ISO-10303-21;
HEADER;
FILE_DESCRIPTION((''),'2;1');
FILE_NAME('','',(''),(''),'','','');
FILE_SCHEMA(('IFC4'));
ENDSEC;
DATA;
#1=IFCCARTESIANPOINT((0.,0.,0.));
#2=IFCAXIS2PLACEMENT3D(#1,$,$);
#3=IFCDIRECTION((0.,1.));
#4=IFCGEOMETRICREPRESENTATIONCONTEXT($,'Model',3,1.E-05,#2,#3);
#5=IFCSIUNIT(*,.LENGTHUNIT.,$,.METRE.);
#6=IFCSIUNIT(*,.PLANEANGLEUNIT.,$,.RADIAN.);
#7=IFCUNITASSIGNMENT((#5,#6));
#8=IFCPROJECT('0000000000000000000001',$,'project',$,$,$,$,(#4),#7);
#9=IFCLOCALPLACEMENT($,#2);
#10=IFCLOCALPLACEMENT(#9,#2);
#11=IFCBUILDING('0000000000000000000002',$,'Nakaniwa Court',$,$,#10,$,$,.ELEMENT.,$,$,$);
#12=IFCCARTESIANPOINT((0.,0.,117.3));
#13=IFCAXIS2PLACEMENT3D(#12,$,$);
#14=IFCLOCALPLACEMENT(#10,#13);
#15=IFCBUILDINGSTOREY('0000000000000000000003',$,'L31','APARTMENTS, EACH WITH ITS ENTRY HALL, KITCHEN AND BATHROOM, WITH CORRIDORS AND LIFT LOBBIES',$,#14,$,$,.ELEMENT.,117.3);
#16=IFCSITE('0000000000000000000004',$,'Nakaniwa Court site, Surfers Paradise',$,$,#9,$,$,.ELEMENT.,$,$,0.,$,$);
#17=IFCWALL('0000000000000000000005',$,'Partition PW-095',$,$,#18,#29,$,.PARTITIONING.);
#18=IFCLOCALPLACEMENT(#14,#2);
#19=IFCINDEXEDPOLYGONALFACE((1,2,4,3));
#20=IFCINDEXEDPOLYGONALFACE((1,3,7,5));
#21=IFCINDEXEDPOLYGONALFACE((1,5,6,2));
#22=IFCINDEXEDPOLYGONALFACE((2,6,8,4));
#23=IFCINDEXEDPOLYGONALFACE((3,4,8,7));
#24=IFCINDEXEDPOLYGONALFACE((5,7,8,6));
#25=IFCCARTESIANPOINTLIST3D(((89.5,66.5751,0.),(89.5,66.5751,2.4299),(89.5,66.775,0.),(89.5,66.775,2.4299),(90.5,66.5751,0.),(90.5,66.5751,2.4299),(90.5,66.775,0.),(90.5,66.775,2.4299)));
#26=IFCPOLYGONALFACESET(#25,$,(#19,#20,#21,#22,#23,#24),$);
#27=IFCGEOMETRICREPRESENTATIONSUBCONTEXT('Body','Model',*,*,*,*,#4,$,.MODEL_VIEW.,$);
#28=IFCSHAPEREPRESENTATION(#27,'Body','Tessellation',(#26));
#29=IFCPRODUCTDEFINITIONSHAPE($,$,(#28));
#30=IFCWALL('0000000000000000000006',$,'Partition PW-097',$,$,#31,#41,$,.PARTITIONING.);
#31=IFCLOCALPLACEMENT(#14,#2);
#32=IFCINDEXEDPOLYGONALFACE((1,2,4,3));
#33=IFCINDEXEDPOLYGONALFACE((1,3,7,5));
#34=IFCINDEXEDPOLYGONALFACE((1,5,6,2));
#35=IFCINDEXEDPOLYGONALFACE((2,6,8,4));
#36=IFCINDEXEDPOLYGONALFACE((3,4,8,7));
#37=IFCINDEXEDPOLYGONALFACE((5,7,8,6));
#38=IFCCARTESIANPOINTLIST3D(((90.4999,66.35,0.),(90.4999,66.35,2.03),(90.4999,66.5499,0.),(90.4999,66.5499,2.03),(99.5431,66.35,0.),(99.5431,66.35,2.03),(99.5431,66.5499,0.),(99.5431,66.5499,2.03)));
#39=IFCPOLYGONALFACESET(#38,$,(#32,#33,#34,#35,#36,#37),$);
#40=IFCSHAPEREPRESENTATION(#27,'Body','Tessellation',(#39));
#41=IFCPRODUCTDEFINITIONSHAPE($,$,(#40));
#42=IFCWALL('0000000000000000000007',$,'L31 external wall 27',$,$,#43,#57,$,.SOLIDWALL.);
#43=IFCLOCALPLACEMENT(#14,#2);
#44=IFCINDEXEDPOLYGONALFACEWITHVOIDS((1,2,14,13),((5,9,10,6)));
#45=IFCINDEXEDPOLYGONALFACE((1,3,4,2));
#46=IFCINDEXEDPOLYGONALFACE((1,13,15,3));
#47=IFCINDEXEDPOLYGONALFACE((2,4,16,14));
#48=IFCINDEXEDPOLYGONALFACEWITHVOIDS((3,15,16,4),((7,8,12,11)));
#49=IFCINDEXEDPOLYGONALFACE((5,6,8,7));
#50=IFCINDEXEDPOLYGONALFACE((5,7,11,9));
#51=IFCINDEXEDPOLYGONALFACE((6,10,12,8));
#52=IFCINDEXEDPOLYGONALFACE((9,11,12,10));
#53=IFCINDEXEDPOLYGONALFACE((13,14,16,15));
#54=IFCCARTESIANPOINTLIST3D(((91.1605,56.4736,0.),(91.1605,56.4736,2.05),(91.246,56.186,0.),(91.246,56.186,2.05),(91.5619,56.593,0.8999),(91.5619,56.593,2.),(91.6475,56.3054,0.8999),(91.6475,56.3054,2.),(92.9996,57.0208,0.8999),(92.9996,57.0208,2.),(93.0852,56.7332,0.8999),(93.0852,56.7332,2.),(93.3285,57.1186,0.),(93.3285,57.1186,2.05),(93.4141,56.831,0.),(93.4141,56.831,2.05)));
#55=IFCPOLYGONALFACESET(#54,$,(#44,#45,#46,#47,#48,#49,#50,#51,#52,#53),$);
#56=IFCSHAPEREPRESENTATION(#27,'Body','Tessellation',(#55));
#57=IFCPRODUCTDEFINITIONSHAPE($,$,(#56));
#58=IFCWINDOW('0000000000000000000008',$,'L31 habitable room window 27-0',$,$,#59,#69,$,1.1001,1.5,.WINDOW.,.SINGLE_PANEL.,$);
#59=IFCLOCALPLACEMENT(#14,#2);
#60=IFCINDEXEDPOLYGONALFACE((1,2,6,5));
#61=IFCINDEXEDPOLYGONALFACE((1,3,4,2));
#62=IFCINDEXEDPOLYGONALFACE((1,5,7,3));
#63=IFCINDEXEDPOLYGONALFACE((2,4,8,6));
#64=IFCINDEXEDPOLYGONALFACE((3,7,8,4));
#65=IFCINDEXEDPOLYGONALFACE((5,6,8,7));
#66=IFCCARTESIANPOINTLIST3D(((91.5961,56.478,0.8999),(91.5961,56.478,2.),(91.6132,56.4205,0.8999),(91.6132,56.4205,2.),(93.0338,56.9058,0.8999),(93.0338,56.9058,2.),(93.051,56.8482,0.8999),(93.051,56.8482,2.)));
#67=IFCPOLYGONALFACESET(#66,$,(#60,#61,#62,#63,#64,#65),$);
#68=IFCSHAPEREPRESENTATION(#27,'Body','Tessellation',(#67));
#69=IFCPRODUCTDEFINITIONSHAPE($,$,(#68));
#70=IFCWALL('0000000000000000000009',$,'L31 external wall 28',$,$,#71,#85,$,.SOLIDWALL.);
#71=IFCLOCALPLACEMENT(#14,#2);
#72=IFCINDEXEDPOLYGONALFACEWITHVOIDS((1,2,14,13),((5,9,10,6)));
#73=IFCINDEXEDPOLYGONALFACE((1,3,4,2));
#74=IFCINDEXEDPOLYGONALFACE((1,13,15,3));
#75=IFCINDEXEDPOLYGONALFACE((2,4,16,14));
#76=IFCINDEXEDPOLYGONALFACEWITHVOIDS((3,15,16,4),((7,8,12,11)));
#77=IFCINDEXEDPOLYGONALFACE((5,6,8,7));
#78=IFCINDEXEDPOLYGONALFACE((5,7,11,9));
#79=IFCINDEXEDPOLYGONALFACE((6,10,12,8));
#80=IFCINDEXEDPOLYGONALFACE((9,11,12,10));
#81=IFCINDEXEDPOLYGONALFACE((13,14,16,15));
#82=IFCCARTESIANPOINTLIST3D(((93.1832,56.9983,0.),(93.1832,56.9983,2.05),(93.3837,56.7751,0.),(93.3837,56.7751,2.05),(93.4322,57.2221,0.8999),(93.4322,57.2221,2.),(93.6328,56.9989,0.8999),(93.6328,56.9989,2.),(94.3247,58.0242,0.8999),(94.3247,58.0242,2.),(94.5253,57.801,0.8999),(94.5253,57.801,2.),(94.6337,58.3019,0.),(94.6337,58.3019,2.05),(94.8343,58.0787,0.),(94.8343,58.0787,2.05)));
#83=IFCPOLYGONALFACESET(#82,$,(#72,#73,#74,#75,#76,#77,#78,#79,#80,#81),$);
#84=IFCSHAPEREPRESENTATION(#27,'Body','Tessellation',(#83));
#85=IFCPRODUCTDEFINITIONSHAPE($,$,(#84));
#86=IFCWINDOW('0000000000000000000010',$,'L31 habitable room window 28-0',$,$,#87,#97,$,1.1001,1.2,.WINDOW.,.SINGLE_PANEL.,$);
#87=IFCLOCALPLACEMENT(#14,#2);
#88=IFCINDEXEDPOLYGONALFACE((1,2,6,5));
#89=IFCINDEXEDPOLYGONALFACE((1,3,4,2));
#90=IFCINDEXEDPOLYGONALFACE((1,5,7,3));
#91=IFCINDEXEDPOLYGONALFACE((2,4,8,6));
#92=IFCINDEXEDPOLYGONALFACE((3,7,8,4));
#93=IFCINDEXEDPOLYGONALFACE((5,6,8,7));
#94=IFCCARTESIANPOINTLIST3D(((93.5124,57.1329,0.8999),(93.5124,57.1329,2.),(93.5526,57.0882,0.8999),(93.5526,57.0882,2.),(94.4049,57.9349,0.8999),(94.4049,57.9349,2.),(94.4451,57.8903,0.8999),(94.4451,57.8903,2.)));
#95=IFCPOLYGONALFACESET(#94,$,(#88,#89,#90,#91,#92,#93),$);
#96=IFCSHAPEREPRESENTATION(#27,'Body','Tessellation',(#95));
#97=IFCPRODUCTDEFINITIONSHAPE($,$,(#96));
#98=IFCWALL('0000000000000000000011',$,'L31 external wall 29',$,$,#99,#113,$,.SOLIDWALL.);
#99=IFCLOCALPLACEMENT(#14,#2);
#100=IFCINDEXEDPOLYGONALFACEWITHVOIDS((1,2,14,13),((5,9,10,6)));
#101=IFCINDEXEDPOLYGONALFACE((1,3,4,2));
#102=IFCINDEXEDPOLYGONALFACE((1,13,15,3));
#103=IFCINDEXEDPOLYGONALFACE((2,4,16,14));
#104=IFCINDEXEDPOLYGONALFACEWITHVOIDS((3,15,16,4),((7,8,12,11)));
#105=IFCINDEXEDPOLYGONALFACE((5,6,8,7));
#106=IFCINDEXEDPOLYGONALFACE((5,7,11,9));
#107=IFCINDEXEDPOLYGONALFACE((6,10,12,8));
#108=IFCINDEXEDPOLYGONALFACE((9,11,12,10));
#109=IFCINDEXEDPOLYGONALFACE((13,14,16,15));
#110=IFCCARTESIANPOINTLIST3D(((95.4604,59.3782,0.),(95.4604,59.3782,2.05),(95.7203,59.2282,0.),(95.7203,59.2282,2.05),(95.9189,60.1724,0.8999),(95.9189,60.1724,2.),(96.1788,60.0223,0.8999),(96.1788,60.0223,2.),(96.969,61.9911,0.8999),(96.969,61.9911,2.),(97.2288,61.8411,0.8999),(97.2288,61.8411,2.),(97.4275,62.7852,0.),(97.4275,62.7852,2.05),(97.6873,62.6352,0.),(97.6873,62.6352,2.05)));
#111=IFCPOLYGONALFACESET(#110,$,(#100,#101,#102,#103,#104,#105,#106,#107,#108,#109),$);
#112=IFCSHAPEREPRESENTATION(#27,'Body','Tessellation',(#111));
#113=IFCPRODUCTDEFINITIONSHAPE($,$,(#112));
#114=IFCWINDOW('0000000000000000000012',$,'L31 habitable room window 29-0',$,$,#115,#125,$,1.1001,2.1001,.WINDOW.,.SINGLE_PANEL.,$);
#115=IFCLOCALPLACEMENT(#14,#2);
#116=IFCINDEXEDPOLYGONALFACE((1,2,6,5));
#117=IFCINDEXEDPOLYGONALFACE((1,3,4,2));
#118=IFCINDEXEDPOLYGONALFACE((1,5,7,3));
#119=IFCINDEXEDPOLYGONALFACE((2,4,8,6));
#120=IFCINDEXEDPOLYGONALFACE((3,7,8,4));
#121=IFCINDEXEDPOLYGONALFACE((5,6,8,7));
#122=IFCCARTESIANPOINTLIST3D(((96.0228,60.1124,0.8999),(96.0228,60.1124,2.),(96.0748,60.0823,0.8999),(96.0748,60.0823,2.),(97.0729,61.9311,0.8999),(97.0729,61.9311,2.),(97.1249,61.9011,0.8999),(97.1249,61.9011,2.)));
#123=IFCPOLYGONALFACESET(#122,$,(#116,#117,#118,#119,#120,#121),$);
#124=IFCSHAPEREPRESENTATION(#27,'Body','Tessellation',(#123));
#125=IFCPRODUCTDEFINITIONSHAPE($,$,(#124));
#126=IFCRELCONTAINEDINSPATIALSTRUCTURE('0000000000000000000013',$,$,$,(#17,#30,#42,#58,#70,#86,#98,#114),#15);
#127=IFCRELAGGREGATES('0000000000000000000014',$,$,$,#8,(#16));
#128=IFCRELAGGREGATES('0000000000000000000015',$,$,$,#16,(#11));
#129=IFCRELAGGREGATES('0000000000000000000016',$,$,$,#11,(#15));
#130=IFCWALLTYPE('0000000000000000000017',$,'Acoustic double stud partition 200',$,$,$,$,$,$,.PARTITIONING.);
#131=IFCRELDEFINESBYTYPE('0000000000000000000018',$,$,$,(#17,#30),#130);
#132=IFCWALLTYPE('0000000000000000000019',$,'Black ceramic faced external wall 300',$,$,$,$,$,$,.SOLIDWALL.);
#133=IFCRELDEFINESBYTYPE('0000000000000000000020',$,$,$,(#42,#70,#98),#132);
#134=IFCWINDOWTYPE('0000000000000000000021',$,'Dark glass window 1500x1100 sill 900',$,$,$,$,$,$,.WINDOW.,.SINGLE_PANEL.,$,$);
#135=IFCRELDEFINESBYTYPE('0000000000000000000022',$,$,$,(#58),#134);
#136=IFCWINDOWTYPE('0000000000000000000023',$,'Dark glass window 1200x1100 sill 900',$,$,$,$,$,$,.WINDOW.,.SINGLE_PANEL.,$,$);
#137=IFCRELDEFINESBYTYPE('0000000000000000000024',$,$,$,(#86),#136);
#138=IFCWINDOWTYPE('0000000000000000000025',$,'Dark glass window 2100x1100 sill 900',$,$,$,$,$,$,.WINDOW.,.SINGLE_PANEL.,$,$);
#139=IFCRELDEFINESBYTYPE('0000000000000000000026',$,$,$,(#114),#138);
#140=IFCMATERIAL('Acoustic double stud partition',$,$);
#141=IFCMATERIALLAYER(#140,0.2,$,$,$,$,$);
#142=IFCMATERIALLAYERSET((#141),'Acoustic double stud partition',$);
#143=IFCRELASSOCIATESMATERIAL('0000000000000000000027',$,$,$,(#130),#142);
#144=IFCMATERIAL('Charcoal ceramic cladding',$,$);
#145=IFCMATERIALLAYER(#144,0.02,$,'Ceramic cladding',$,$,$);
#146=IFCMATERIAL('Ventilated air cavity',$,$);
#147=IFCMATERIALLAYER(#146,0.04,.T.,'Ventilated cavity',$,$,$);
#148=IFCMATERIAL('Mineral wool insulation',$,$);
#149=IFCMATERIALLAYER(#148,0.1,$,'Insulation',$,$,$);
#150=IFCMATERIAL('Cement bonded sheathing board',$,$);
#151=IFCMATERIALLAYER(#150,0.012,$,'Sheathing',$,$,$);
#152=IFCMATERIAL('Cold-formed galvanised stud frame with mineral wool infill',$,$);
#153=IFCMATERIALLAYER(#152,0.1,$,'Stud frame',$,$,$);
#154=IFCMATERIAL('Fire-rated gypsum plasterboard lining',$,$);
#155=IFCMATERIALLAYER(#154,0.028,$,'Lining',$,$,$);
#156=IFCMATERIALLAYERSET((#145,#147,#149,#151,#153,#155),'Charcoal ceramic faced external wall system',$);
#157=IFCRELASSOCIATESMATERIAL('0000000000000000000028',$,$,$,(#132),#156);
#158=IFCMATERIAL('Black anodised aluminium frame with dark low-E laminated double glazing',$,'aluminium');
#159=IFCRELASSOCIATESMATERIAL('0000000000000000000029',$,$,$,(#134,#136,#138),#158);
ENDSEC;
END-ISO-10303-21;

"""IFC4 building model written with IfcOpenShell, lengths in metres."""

from ifc_helpers import new_model, si_unit, direction, frame, frame_2d, origin, place, context, subcontext, project, spatial, rectangle, extrude, material, layer, layer_set, type_object, element, fill, save


model = new_model("IFC4")

# Units and contexts
model_context = context("Model", 3, precision=1e-05, world=origin(), true_north=direction((0.0, 1.0)))
body_context = subcontext(model_context, "Body", "Model", "MODEL_VIEW")
ifc_project = project(units=[si_unit("LENGTHUNIT", "METRE"), si_unit("PLANEANGLEUNIT", "RADIAN")], contexts=[model_context])

# Site, building, storey
site_placement = place(None, origin())
site = spatial("IfcSite", under=ifc_project, at=site_placement, Name="Nakaniwa Court site, Surfers Paradise", CompositionType="ELEMENT", RefElevation=0.0)
building_placement = place(site_placement, origin())
building = spatial("IfcBuilding", under=site, at=building_placement, Name="Nakaniwa Court", CompositionType="ELEMENT")
storey_placement = place(building_placement, frame((0.0, 0.0, 117.3)))
storey = spatial("IfcBuildingStorey", under=building, at=storey_placement, Name="L31", Description="APARTMENTS, EACH WITH ITS ENTRY HALL, KITCHEN AND BATHROOM, WITH CORRIDORS AND LIFT LOBBIES", CompositionType="ELEMENT", Elevation=117.3)

# Walls
ifc_material_1 = material(Name="Acoustic double stud partition")
ifc_layer_1 = layer(ifc_material_1, 0.2)
ifc_layer_set_1 = layer_set([ifc_layer_1], Name="Acoustic double stud partition")
wall_type_1 = type_object("IfcWallType", Name="Acoustic double stud partition 200", PredefinedType="PARTITIONING", material=ifc_layer_set_1)
wall_1_placement = place(storey_placement, frame((89.5, 66.675, 0.0), z_axis=(0.0, 0.0, 1.0), x_axis=(1.0, 0.0, 0.0)))
element("IfcWall", 1, at=wall_1_placement, inside=storey, type_object=wall_type_1, Name="Partition PW-095", PredefinedType="PARTITIONING", context=body_context, shape_type="SweptSolid", body=[
    extrude(rectangle(XDim=1.0, YDim=0.2, at=frame_2d((0.5, 0.0))), origin(), (0.0, 0.0, 1.0), 2.4299),
])
wall_2_placement = place(storey_placement, frame((90.5, 66.45, 0.0), z_axis=(0.0, 0.0, 1.0), x_axis=(1.0, 0.0, 0.0)))
element("IfcWall", 2, at=wall_2_placement, inside=storey, type_object=wall_type_1, Name="Partition PW-097", PredefinedType="PARTITIONING", context=body_context, shape_type="SweptSolid", body=[
    extrude(rectangle(XDim=9.0432, YDim=0.2, at=frame_2d((4.5215, 0.0))), origin(), (0.0, 0.0, 1.0), 2.03),
])

# Walls, openings, windows
ifc_material_2 = material(Name="Charcoal ceramic cladding")
ifc_layer_2 = layer(ifc_material_2, 0.02, Name="Ceramic cladding")
ifc_material_3 = material(Name="Ventilated air cavity")
ifc_layer_3 = layer(ifc_material_3, 0.04, ventilated=True, Name="Ventilated cavity")
ifc_material_4 = material(Name="Mineral wool insulation")
ifc_layer_4 = layer(ifc_material_4, 0.1, Name="Insulation")
ifc_material_5 = material(Name="Cement bonded sheathing board")
ifc_layer_5 = layer(ifc_material_5, 0.012, Name="Sheathing")
ifc_material_6 = material(Name="Cold-formed galvanised stud frame with mineral wool infill")
ifc_layer_6 = layer(ifc_material_6, 0.1, Name="Stud frame")
ifc_material_7 = material(Name="Fire-rated gypsum plasterboard lining")
ifc_layer_7 = layer(ifc_material_7, 0.028, Name="Lining")
ifc_layer_set_2 = layer_set([ifc_layer_2, ifc_layer_3, ifc_layer_4, ifc_layer_5, ifc_layer_6, ifc_layer_7], Name="Charcoal ceramic faced external wall system")
wall_type_2 = type_object("IfcWallType", Name="Black ceramic faced external wall 300", PredefinedType="SOLIDWALL", material=ifc_layer_set_2)
wall_3_placement = place(storey_placement, frame((91.2034, 56.3298, 0.0), z_axis=(0.0, 0.0, 1.0), x_axis=(0.958477, 0.285169, 0.0)))
wall_3 = element("IfcWall", 3, at=wall_3_placement, inside=storey, type_object=wall_type_2, Name="L31 external wall 27", PredefinedType="SOLIDWALL", context=body_context, shape_type="SweptSolid", body=[
    extrude(rectangle(XDim=2.262, YDim=0.3, at=frame_2d((1.1309, 0.0))), origin(), (0.0, 0.0, 1.0), 2.05),
])
opening_1_placement = place(wall_3_placement, frame((0.4187, 0.0, 0.8999)))
opening_1 = element("IfcOpeningElement", 4, at=opening_1_placement, cuts=wall_3, PredefinedType="OPENING", context=body_context, shape_type="SweptSolid", body=[
    extrude(rectangle(XDim=1.5, YDim=1.1001, at=frame_2d((0.75, 0.55))), frame((0.0, 0.1599, 0.0), z_axis=(0.0, -1.0, 0.0), x_axis=(1.0, 0.0, 0.0)), (0.0, 0.0, 1.0), 0.3201),
])
ifc_material_8 = material(Name="Black anodised aluminium frame with dark low-E laminated double glazing", Category="aluminium")
window_type_1 = type_object("IfcWindowType", Name="Dark glass window 1500x1100 sill 900", PartitioningType="SINGLE_PANEL", PredefinedType="WINDOW", material=ifc_material_8)
window_1_placement = place(opening_1_placement, origin())
window_1 = element("IfcWindow", 5, at=window_1_placement, inside=storey, type_object=window_type_1, Name="L31 habitable room window 27-0", OverallHeight=1.1001, OverallWidth=1.5, PartitioningType="SINGLE_PANEL", PredefinedType="WINDOW", context=body_context, shape_type="SweptSolid", body=[
    extrude(rectangle(XDim=1.5, YDim=1.1001, at=frame_2d((0.75, 0.55))), frame((0.0, 0.03, 0.0), z_axis=(0.0, -1.0, 0.0), x_axis=(1.0, 0.0, 0.0)), (0.0, 0.0, 1.0), 0.0601),
])
fill(opening_1, window_1)
wall_4_placement = place(storey_placement, frame((93.2834, 56.8867, 0.0), z_axis=(0.0, 0.0, 1.0), x_axis=(0.743786, 0.668418, 0.0)))
wall_4 = element("IfcWall", 6, at=wall_4_placement, inside=storey, type_object=wall_type_2, Name="L31 external wall 28", PredefinedType="SOLIDWALL", context=body_context, shape_type="SweptSolid", body=[
    extrude(rectangle(XDim=1.9502, YDim=0.3, at=frame_2d((0.9751, 0.0))), origin(), (0.0, 0.0, 1.0), 2.05),
])
opening_2_placement = place(wall_4_placement, frame((0.3347, 0.0, 0.8999)))
opening_2 = element("IfcOpeningElement", 7, at=opening_2_placement, cuts=wall_4, PredefinedType="OPENING", context=body_context, shape_type="SweptSolid", body=[
    extrude(rectangle(XDim=1.2, YDim=1.1001, at=frame_2d((0.6001, 0.55))), frame((0.0, 0.1599, 0.0), z_axis=(0.0, -1.0, 0.0), x_axis=(1.0, 0.0, 0.0)), (0.0, 0.0, 1.0), 0.3201),
])
window_type_2 = type_object("IfcWindowType", Name="Dark glass window 1200x1100 sill 900", PartitioningType="SINGLE_PANEL", PredefinedType="WINDOW", material=ifc_material_8)
window_2_placement = place(opening_2_placement, origin())
window_2 = element("IfcWindow", 8, at=window_2_placement, inside=storey, type_object=window_type_2, Name="L31 habitable room window 28-0", OverallHeight=1.1001, OverallWidth=1.2, PartitioningType="SINGLE_PANEL", PredefinedType="WINDOW", context=body_context, shape_type="SweptSolid", body=[
    extrude(rectangle(XDim=1.2, YDim=1.1001, at=frame_2d((0.6001, 0.55))), frame((0.0, 0.03, 0.0), z_axis=(0.0, -1.0, 0.0), x_axis=(1.0, 0.0, 0.0)), (0.0, 0.0, 1.0), 0.0601),
])
fill(opening_2, window_2)
wall_5_placement = place(storey_placement, frame((95.5903, 59.3032, 0.0), z_axis=(0.0, 0.0, 1.0), x_axis=(0.500004, 0.866023, 0.0)))
wall_5 = element("IfcWall", 9, at=wall_5_placement, inside=storey, type_object=wall_type_2, Name="L31 external wall 29", PredefinedType="SOLIDWALL", context=body_context, shape_type="SweptSolid", body=[
    extrude(rectangle(XDim=3.9341, YDim=0.3, at=frame_2d((1.967, 0.0))), origin(), (0.0, 0.0, 1.0), 2.05),
])
opening_3_placement = place(wall_5_placement, frame((0.917, 0.0, 0.8999)))
opening_3 = element("IfcOpeningElement", 10, at=opening_3_placement, cuts=wall_5, PredefinedType="OPENING", context=body_context, shape_type="SweptSolid", body=[
    extrude(rectangle(XDim=2.1001, YDim=1.1001, at=frame_2d((1.05, 0.55))), frame((0.0, 0.1599, 0.0), z_axis=(0.0, -1.0, 0.0), x_axis=(1.0, 0.0, 0.0)), (0.0, 0.0, 1.0), 0.3201),
])
window_type_3 = type_object("IfcWindowType", Name="Dark glass window 2100x1100 sill 900", PartitioningType="SINGLE_PANEL", PredefinedType="WINDOW", material=ifc_material_8)
window_3_placement = place(opening_3_placement, origin())
window_3 = element("IfcWindow", 11, at=window_3_placement, inside=storey, type_object=window_type_3, Name="L31 habitable room window 29-0", OverallHeight=1.1001, OverallWidth=2.1001, PartitioningType="SINGLE_PANEL", PredefinedType="WINDOW", context=body_context, shape_type="SweptSolid", body=[
    extrude(rectangle(XDim=2.1001, YDim=1.1001, at=frame_2d((1.05, 0.55))), frame((0.0, 0.03, 0.0), z_axis=(0.0, -1.0, 0.0), x_axis=(1.0, 0.0, 0.0)), (0.0, 0.0, 1.0), 0.0601),
])
fill(opening_3, window_3)

save(model, "model.ifc")
